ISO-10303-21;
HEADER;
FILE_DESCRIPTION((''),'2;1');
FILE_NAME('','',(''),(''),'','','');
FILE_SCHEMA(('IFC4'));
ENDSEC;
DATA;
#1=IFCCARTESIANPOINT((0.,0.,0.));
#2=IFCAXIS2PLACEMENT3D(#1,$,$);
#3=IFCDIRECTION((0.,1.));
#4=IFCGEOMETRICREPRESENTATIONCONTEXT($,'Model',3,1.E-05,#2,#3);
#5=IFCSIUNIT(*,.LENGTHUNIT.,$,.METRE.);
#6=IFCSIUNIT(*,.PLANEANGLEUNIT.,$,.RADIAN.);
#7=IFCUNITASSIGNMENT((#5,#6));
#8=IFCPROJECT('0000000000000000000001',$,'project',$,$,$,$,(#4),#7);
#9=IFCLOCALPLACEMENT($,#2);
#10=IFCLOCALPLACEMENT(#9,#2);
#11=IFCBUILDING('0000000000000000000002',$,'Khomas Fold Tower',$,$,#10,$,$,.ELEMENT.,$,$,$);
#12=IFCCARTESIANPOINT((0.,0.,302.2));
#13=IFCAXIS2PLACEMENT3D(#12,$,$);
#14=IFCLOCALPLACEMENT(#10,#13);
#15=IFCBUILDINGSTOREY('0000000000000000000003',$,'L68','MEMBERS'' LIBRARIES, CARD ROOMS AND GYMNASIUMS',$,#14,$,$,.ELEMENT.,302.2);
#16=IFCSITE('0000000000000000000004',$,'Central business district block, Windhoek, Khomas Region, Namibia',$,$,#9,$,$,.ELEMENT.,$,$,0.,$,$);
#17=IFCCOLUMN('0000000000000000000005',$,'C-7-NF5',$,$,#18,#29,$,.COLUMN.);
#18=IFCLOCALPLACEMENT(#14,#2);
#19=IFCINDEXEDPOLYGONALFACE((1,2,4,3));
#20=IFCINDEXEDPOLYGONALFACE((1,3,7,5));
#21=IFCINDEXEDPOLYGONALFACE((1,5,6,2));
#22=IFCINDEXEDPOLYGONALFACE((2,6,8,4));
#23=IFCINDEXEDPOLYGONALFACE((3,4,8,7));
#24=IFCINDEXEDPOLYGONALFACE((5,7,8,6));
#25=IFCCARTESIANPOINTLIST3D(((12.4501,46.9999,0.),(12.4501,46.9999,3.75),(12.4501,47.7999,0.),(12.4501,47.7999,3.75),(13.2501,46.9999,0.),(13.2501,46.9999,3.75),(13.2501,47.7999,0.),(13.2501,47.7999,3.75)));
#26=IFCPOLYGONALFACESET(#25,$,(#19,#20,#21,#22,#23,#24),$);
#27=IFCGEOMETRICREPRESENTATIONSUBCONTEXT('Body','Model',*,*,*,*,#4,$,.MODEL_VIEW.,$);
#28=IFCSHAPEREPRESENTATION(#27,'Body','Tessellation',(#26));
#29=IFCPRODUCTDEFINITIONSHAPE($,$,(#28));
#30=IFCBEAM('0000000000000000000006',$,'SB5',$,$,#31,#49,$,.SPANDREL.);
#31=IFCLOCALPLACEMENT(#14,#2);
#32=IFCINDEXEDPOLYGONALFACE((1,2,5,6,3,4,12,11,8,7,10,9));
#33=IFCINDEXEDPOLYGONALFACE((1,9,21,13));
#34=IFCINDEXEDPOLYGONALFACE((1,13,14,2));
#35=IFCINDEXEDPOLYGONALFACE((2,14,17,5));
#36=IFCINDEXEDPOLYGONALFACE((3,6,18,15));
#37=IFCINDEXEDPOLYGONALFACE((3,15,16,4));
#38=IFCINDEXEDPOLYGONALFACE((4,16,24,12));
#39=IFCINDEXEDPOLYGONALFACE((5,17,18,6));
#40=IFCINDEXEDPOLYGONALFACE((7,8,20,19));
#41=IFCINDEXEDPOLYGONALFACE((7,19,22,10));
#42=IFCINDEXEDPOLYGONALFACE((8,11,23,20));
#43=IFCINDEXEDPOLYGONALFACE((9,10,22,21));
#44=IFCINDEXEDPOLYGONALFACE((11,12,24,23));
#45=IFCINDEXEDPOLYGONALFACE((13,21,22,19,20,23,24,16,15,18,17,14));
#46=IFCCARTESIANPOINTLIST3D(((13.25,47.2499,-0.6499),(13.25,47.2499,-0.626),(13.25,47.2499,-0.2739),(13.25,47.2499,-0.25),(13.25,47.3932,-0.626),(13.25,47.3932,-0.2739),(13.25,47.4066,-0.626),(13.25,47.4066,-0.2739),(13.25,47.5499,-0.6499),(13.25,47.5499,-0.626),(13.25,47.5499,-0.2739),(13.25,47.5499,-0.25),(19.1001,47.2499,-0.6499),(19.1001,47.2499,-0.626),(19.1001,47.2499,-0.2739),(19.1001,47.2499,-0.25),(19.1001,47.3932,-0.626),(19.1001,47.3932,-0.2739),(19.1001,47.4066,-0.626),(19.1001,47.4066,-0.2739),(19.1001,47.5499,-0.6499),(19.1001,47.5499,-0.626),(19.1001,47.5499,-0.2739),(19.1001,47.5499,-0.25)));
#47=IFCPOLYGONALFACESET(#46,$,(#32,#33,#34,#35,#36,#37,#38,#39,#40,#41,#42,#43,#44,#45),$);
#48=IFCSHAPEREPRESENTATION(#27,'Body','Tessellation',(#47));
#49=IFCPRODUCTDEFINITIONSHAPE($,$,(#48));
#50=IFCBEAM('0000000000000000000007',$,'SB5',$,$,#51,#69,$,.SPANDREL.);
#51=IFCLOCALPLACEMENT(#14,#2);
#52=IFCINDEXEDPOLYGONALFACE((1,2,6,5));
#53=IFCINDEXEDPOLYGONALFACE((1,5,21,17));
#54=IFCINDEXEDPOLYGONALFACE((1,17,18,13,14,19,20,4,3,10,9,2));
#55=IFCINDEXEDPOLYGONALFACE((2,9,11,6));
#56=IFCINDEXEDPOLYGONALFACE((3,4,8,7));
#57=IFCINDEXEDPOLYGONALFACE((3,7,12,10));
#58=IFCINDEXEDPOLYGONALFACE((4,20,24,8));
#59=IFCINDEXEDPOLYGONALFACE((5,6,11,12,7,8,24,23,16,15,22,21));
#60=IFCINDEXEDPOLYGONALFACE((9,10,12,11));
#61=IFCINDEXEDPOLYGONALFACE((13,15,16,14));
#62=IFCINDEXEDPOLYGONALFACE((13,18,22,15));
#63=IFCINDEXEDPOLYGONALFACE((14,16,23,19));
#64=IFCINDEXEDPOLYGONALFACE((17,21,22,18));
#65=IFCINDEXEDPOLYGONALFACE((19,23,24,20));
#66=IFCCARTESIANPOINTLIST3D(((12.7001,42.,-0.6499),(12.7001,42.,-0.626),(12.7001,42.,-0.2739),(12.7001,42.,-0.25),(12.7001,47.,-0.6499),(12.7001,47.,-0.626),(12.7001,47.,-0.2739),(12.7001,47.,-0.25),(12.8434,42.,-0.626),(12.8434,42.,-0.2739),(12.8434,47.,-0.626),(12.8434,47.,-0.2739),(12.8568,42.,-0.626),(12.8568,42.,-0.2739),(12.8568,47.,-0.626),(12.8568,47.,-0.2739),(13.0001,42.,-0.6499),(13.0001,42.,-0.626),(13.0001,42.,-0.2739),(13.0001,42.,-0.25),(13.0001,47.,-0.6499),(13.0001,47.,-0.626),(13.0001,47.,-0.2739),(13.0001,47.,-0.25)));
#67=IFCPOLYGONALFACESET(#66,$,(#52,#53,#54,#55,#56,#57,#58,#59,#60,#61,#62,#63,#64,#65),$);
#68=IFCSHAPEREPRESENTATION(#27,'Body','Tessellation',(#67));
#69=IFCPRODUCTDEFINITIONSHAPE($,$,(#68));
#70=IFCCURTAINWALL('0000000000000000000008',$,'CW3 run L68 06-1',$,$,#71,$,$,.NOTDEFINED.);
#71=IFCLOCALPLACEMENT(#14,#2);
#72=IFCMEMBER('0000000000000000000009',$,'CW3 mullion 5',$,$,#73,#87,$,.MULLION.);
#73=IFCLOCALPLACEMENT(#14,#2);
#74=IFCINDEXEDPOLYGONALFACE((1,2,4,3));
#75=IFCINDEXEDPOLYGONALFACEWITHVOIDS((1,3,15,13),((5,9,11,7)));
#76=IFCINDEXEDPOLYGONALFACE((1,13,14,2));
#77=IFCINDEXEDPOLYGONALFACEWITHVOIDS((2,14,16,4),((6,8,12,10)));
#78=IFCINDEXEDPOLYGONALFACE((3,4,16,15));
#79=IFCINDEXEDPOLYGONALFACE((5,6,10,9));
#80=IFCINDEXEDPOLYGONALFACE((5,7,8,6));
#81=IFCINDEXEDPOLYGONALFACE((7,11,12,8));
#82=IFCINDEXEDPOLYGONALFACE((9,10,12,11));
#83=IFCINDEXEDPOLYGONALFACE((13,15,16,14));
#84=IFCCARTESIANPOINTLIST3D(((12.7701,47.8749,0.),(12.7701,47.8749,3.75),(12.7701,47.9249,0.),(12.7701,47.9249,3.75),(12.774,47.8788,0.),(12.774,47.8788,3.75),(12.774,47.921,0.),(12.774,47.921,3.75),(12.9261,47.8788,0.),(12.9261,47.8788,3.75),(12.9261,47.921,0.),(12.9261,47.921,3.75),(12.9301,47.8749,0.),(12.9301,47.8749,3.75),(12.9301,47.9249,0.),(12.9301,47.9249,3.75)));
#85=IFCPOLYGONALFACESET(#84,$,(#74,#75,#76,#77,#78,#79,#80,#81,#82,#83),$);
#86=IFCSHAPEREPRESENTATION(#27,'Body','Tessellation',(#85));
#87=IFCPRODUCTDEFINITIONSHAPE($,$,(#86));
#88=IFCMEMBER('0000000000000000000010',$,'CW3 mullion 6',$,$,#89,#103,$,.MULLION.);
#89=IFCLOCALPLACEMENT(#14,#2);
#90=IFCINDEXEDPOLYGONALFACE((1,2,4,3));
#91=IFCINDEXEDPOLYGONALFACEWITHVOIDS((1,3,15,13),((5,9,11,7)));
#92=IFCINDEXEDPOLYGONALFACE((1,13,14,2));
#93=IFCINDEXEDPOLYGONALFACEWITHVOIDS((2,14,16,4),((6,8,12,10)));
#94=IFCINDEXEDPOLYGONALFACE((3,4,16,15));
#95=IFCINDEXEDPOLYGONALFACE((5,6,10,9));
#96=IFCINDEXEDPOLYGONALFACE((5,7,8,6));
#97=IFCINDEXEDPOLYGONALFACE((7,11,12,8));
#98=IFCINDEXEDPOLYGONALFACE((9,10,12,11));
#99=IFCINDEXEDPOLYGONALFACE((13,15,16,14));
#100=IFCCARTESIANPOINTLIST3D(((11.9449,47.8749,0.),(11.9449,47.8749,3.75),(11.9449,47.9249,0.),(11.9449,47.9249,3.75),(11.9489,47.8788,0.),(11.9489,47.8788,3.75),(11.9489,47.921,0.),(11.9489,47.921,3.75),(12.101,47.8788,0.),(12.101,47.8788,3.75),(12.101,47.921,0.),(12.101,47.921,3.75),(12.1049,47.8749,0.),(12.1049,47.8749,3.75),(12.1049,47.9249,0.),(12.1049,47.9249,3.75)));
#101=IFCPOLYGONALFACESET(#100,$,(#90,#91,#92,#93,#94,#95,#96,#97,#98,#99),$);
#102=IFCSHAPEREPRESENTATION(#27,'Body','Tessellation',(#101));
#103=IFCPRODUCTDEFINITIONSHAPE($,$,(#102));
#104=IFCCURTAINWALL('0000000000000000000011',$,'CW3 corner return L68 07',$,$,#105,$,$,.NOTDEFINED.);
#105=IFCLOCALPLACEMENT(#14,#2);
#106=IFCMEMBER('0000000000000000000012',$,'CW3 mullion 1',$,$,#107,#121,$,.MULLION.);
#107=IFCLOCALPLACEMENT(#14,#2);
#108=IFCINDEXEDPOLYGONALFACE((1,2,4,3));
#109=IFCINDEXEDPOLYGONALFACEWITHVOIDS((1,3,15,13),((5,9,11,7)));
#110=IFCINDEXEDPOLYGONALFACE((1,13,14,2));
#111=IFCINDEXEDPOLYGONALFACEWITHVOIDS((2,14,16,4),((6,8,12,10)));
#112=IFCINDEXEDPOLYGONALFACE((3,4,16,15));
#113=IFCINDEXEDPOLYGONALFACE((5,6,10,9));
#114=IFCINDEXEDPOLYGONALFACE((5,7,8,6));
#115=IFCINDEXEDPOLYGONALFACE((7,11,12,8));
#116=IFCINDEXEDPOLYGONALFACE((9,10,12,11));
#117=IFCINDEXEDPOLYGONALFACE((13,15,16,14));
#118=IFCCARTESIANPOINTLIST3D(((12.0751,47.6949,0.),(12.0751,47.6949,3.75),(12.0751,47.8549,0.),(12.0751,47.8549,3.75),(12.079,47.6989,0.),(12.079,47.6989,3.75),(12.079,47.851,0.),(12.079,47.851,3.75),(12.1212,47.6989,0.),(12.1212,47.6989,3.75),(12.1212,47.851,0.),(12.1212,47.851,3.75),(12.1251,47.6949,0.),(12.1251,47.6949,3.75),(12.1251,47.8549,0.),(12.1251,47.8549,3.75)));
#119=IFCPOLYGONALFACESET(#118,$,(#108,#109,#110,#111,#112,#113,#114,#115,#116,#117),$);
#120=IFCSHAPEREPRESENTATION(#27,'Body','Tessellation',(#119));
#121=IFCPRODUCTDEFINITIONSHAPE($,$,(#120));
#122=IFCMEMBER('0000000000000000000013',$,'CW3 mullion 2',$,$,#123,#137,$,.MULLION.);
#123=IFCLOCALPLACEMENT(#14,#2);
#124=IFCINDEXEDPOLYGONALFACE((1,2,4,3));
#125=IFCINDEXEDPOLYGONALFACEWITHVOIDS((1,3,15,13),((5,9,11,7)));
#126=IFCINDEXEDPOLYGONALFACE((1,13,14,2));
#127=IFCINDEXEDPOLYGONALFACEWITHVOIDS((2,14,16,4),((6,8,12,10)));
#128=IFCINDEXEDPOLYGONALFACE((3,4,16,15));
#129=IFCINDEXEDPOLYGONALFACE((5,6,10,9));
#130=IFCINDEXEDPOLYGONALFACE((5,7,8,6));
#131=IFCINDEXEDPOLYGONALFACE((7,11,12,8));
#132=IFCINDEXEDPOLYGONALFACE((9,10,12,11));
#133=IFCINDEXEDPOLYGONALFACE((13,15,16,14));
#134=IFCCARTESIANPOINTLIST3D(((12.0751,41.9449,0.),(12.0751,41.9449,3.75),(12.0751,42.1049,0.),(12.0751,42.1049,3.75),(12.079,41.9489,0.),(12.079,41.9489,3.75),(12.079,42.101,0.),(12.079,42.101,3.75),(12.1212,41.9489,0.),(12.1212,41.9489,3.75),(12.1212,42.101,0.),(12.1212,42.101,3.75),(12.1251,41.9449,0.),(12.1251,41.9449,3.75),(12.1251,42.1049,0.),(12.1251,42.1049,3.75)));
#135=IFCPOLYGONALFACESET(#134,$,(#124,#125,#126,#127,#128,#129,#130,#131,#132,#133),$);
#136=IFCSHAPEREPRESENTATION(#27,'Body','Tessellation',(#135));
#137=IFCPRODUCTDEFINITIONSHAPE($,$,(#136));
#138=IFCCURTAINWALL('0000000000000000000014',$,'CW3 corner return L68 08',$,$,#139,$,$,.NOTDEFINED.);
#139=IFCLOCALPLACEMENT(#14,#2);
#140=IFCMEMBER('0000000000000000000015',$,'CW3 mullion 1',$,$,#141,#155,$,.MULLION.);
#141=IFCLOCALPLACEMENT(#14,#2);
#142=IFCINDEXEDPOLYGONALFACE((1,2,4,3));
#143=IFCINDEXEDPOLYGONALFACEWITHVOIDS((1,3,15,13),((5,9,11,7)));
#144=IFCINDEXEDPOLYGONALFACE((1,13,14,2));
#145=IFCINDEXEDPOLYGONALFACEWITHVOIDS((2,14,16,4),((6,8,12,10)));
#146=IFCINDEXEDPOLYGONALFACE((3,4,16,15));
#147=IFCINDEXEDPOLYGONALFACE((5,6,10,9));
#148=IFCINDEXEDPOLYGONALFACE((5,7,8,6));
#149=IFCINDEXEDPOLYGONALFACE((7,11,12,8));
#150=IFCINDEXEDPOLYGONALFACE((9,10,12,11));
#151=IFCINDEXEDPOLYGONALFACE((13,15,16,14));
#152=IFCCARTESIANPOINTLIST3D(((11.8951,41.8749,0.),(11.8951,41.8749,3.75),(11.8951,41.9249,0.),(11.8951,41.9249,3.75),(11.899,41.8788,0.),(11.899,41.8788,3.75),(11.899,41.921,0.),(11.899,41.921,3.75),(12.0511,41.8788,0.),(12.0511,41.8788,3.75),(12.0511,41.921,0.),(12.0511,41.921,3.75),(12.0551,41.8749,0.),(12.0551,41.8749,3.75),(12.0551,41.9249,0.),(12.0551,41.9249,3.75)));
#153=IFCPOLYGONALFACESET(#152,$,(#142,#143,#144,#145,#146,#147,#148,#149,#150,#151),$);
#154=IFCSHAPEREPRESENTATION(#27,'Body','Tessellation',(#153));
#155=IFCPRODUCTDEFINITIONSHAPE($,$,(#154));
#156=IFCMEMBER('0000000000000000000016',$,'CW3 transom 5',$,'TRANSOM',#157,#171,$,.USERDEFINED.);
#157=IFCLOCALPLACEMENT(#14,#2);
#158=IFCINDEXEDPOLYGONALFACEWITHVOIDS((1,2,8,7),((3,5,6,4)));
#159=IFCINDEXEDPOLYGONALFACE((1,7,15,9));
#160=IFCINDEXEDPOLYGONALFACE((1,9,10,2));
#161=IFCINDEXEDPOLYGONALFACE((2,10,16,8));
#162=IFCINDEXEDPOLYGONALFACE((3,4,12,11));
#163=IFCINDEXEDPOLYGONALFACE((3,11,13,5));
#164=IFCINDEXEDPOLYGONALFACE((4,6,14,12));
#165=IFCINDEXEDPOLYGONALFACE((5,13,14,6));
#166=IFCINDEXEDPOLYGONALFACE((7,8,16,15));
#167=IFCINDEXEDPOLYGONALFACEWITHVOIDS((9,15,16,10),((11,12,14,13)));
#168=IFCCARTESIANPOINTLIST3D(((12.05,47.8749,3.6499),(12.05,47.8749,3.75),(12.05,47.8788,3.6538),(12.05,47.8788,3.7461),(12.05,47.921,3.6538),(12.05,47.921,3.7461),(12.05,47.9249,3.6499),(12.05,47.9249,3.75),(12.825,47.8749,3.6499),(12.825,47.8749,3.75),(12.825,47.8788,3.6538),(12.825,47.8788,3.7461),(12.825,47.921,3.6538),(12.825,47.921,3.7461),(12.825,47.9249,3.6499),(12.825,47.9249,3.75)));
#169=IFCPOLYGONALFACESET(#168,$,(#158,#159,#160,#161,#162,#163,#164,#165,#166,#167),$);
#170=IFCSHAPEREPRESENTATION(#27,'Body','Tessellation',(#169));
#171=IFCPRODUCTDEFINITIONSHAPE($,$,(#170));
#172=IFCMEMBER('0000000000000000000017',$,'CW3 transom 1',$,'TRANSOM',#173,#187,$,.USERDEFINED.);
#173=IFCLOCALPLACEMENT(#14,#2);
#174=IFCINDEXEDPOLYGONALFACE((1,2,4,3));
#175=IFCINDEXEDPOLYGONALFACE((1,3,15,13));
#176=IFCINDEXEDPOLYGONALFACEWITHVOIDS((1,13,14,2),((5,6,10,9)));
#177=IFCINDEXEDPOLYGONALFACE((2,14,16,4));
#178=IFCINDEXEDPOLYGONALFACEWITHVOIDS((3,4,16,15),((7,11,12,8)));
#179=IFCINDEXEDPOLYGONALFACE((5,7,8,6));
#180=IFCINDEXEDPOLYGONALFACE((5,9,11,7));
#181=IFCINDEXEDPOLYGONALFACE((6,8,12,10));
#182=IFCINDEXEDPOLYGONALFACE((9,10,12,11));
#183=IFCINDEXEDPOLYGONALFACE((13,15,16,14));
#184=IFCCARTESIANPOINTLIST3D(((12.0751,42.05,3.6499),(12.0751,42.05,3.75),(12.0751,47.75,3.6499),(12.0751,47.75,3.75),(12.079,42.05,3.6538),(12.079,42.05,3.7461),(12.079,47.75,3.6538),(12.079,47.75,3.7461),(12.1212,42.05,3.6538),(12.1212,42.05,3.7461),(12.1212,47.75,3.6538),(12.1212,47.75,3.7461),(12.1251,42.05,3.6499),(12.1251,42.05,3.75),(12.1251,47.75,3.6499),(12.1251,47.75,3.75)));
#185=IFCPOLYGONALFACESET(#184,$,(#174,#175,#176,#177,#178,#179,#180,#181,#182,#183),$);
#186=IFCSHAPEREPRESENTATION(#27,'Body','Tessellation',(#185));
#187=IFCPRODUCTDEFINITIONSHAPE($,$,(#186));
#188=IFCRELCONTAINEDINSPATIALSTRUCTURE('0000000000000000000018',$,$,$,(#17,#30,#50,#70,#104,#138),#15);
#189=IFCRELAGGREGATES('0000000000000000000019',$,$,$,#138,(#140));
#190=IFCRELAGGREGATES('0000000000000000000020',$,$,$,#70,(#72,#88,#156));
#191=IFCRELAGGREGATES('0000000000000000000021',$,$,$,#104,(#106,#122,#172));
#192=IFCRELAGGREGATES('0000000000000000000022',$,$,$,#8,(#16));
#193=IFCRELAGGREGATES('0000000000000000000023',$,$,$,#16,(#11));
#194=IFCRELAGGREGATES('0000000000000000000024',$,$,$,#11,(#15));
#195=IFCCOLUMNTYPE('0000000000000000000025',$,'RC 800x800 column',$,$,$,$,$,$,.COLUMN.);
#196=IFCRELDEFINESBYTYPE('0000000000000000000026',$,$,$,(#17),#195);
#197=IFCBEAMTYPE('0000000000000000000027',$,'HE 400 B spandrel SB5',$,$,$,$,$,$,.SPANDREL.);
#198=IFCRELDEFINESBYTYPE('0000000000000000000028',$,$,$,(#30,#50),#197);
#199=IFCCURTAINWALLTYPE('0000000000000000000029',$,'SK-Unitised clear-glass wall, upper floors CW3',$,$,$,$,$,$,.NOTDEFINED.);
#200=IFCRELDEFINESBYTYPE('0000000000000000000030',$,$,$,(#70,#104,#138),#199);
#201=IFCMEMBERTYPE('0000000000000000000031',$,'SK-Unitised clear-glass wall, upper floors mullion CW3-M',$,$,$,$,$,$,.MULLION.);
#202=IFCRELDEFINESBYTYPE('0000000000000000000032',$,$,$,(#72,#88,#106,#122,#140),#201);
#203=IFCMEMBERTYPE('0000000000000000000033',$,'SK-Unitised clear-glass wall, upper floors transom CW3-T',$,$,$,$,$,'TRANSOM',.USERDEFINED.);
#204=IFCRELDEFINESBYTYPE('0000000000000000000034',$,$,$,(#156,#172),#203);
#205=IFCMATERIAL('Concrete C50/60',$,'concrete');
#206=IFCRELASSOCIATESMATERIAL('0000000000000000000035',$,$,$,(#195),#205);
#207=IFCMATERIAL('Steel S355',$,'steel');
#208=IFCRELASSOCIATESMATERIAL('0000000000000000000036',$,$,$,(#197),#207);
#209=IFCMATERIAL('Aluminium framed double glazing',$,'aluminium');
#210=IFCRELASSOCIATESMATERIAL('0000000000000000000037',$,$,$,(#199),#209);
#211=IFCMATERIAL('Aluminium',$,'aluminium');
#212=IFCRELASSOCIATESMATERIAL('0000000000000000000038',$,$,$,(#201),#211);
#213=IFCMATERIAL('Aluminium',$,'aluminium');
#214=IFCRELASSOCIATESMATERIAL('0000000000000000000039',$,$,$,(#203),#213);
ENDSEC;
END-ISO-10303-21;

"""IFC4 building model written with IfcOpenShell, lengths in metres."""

from ifc_helpers import new_model, si_unit, direction, frame, origin, origin_2d, place, context, subcontext, project, spatial, rectangle, hollow_rectangle, i_section, extrude, source, transform, mapped, material, material_profile, profile_set, type_object, element, aggregate, save


model = new_model("IFC4")

# Units and contexts
model_context = context("Model", 3, precision=1e-05, world=origin(), true_north=direction((0.0, 1.0)))
body_context = subcontext(model_context, "Body", "Model", "MODEL_VIEW")
ifc_project = project(units=[si_unit("LENGTHUNIT", "METRE"), si_unit("PLANEANGLEUNIT", "RADIAN")], contexts=[model_context])

# Site, building, storey
site_placement = place(None, origin())
site = spatial("IfcSite", under=ifc_project, at=site_placement, Name="Central business district block, Windhoek, Khomas Region, Namibia", CompositionType="ELEMENT", RefElevation=0.0)
building_placement = place(site_placement, origin())
building = spatial("IfcBuilding", under=site, at=building_placement, Name="Khomas Fold Tower", CompositionType="ELEMENT")
storey_placement = place(building_placement, frame((0.0, 0.0, 302.2)))
storey = spatial("IfcBuildingStorey", under=building, at=storey_placement, Name="L68", Description="MEMBERS' LIBRARIES, CARD ROOMS AND GYMNASIUMS", CompositionType="ELEMENT", Elevation=302.2)

# Column
ifc_material_1 = material(Name="Concrete C50/60", Category="concrete")
ifc_material_profile_1 = material_profile(ifc_material_1, rectangle(XDim=0.8, YDim=0.8, at=origin_2d()), Name="RC 800x800")
ifc_profile_set_1 = profile_set([ifc_material_profile_1], Name="Concrete C50/60")
column_type = type_object("IfcColumnType", Name="RC 800x800 column", PredefinedType="COLUMN", material=ifc_profile_set_1)
shared_shape_1 = source(origin(), body_context, "Body", "SweptSolid", [
    extrude(rectangle(XDim=0.8, YDim=0.8, at=origin_2d()), origin(), (0.0, 0.0, 1.0), 3.75),
])
column_placement = place(storey_placement, frame((12.8501, 47.3999, 0.0), z_axis=(0.0, 0.0, 1.0), x_axis=(1.0, 0.0, 0.0)))
element("IfcColumn", 1, at=column_placement, inside=storey, type_object=column_type, Name="C-7-NF5", PredefinedType="COLUMN", context=body_context, shape_type="MappedRepresentation", body=[
    mapped(shared_shape_1, transform((0.0, 0.0, 0.0))),
])

# Beams
ifc_material_2 = material(Name="Steel S355", Category="steel")
ifc_material_profile_2 = material_profile(ifc_material_2, i_section(OverallWidth=0.3, OverallDepth=0.3999, WebThickness=0.0134, FlangeThickness=0.0239, at=origin_2d()), Name="HE 400 B")
ifc_profile_set_2 = profile_set([ifc_material_profile_2], Name="Steel S355")
beam_type = type_object("IfcBeamType", Name="HE 400 B spandrel SB5", PredefinedType="SPANDREL", material=ifc_profile_set_2)
shared_shape_2 = source(origin(), body_context, "Body", "SweptSolid", [
    extrude(i_section(OverallWidth=0.3, OverallDepth=0.3999, WebThickness=0.0134, FlangeThickness=0.0239, at=origin_2d()), origin(), (0.0, 0.0, 1.0), 5.8501),
])
beam_1_placement = place(storey_placement, frame((13.25, 47.3999, -0.45), z_axis=(1.0, 0.0, 0.0), x_axis=(0.0, 1.0, 0.0)))
element("IfcBeam", 2, at=beam_1_placement, inside=storey, type_object=beam_type, Name="SB5", PredefinedType="SPANDREL", context=body_context, shape_type="MappedRepresentation", body=[
    mapped(shared_shape_2, transform((0.0, 0.0, 0.0))),
])
shared_shape_3 = source(origin(), body_context, "Body", "SweptSolid", [
    extrude(i_section(OverallWidth=0.3, OverallDepth=0.3999, WebThickness=0.0134, FlangeThickness=0.0239, at=origin_2d()), origin(), (0.0, 0.0, 1.0), 5.0),
])
beam_2_placement = place(storey_placement, frame((12.8501, 42.0, -0.45), z_axis=(0.0, 1.0, 0.0), x_axis=(-1.0, 0.0, 0.0)))
element("IfcBeam", 3, at=beam_2_placement, inside=storey, type_object=beam_type, Name="SB5", PredefinedType="SPANDREL", context=body_context, shape_type="MappedRepresentation", body=[
    mapped(shared_shape_3, transform((0.0, 0.0, 0.0))),
])

# Curtain walls, members
ifc_material_3 = material(Name="Aluminium framed double glazing", Category="aluminium")
curtain_wall_type = type_object("IfcCurtainWallType", Name="SK-Unitised clear-glass wall, upper floors CW3", PredefinedType="NOTDEFINED", material=ifc_material_3)
curtain_wall_1_placement = place(storey_placement, origin())
curtain_wall_1 = element("IfcCurtainWall", 4, at=curtain_wall_1_placement, inside=storey, type_object=curtain_wall_type, Name="CW3 run L68 06-1", PredefinedType="NOTDEFINED")
ifc_material_4 = material(Name="Aluminium", Category="aluminium")
ifc_material_profile_3 = material_profile(ifc_material_4, hollow_rectangle(XDim=0.05, YDim=0.1599, WallThickness=0.0039, at=origin_2d()), Name="SK-Unitised clear-glass wall, upper floors mullion CW3-M")
ifc_profile_set_3 = profile_set([ifc_material_profile_3], Name="Aluminium")
member_type_1 = type_object("IfcMemberType", Name="SK-Unitised clear-glass wall, upper floors mullion CW3-M", PredefinedType="MULLION", material=ifc_profile_set_3)
shared_shape_4 = source(origin(), body_context, "Body", "SweptSolid", [
    extrude(hollow_rectangle(XDim=0.05, YDim=0.1599, WallThickness=0.0039, at=origin_2d()), origin(), (0.0, 0.0, 1.0), 3.75),
])
member_1_placement = place(storey_placement, frame((12.8501, 47.8999, 0.0), z_axis=(0.0, 0.0, 1.0), x_axis=(0.0, -1.0, 0.0)))
member_1 = element("IfcMember", 5, at=member_1_placement, type_object=member_type_1, Name="CW3 mullion 5", PredefinedType="MULLION", context=body_context, shape_type="MappedRepresentation", body=[
    mapped(shared_shape_4, transform((0.0, 0.0, 0.0))),
])
member_2_placement = place(storey_placement, frame((12.0249, 47.8999, 0.0), z_axis=(0.0, 0.0, 1.0), x_axis=(0.0, -1.0, 0.0)))
member_2 = element("IfcMember", 6, at=member_2_placement, type_object=member_type_1, Name="CW3 mullion 6", PredefinedType="MULLION", context=body_context, shape_type="MappedRepresentation", body=[
    mapped(shared_shape_4, transform((0.0, 0.0, 0.0))),
])
curtain_wall_2_placement = place(storey_placement, origin())
curtain_wall_2 = element("IfcCurtainWall", 7, at=curtain_wall_2_placement, inside=storey, type_object=curtain_wall_type, Name="CW3 corner return L68 07", PredefinedType="NOTDEFINED")
member_3_placement = place(storey_placement, frame((12.1001, 47.7749, 0.0), z_axis=(0.0, 0.0, 1.0), x_axis=(1.0, 0.0, 0.0)))
member_3 = element("IfcMember", 8, at=member_3_placement, type_object=member_type_1, Name="CW3 mullion 1", PredefinedType="MULLION", context=body_context, shape_type="MappedRepresentation", body=[
    mapped(shared_shape_4, transform((0.0, 0.0, 0.0))),
])
member_4_placement = place(storey_placement, frame((12.1001, 42.0249, 0.0), z_axis=(0.0, 0.0, 1.0), x_axis=(1.0, 0.0, 0.0)))
member_4 = element("IfcMember", 9, at=member_4_placement, type_object=member_type_1, Name="CW3 mullion 2", PredefinedType="MULLION", context=body_context, shape_type="MappedRepresentation", body=[
    mapped(shared_shape_4, transform((0.0, 0.0, 0.0))),
])

# Curtain wall, member
curtain_wall_3_placement = place(storey_placement, origin())
curtain_wall_3 = element("IfcCurtainWall", 10, at=curtain_wall_3_placement, inside=storey, type_object=curtain_wall_type, Name="CW3 corner return L68 08", PredefinedType="NOTDEFINED")
member_5_placement = place(storey_placement, frame((11.9751, 41.8999, 0.0), z_axis=(0.0, 0.0, 1.0), x_axis=(0.0, -1.0, 0.0)))
member_5 = element("IfcMember", 11, at=member_5_placement, type_object=member_type_1, Name="CW3 mullion 1", PredefinedType="MULLION", context=body_context, shape_type="MappedRepresentation", body=[
    mapped(shared_shape_4, transform((0.0, 0.0, 0.0))),
])
aggregate(curtain_wall_3, [member_5])

# Members
ifc_material_5 = material(Name="Aluminium", Category="aluminium")
ifc_material_profile_4 = material_profile(ifc_material_5, hollow_rectangle(XDim=0.05, YDim=0.1001, WallThickness=0.0039, at=origin_2d()), Name="SK-Unitised clear-glass wall, upper floors transom CW3-T")
ifc_profile_set_4 = profile_set([ifc_material_profile_4], Name="Aluminium")
member_type_2 = type_object("IfcMemberType", Name="SK-Unitised clear-glass wall, upper floors transom CW3-T", ElementType="TRANSOM", PredefinedType="USERDEFINED", material=ifc_profile_set_4)
shared_shape_5 = source(origin(), body_context, "Body", "SweptSolid", [
    extrude(hollow_rectangle(XDim=0.05, YDim=0.1001, WallThickness=0.0039, at=origin_2d()), origin(), (0.0, 0.0, 1.0), 0.7749),
])
member_6_placement = place(storey_placement, frame((12.825, 47.8999, 3.7), z_axis=(-1.0, 0.0, 0.0), x_axis=(0.0, -1.0, 0.0)))
member_6 = element("IfcMember", 12, at=member_6_placement, type_object=member_type_2, Name="CW3 transom 5", ObjectType="TRANSOM", PredefinedType="USERDEFINED", context=body_context, shape_type="MappedRepresentation", body=[
    mapped(shared_shape_5, transform((0.0, 0.0, 0.0))),
])
shared_shape_6 = source(origin(), body_context, "Body", "SweptSolid", [
    extrude(hollow_rectangle(XDim=0.05, YDim=0.1001, WallThickness=0.0039, at=origin_2d()), origin(), (0.0, 0.0, 1.0), 5.7),
])
member_7_placement = place(storey_placement, frame((12.1001, 47.75, 3.7), z_axis=(0.0, -1.0, 0.0), x_axis=(1.0, 0.0, 0.0)))
member_7 = element("IfcMember", 13, at=member_7_placement, type_object=member_type_2, Name="CW3 transom 1", ObjectType="TRANSOM", PredefinedType="USERDEFINED", context=body_context, shape_type="MappedRepresentation", body=[
    mapped(shared_shape_6, transform((0.0, 0.0, 0.0))),
])

aggregate(curtain_wall_1, [member_1, member_2, member_6])
aggregate(curtain_wall_2, [member_3, member_4, member_7])

save(model, "model.ifc")
